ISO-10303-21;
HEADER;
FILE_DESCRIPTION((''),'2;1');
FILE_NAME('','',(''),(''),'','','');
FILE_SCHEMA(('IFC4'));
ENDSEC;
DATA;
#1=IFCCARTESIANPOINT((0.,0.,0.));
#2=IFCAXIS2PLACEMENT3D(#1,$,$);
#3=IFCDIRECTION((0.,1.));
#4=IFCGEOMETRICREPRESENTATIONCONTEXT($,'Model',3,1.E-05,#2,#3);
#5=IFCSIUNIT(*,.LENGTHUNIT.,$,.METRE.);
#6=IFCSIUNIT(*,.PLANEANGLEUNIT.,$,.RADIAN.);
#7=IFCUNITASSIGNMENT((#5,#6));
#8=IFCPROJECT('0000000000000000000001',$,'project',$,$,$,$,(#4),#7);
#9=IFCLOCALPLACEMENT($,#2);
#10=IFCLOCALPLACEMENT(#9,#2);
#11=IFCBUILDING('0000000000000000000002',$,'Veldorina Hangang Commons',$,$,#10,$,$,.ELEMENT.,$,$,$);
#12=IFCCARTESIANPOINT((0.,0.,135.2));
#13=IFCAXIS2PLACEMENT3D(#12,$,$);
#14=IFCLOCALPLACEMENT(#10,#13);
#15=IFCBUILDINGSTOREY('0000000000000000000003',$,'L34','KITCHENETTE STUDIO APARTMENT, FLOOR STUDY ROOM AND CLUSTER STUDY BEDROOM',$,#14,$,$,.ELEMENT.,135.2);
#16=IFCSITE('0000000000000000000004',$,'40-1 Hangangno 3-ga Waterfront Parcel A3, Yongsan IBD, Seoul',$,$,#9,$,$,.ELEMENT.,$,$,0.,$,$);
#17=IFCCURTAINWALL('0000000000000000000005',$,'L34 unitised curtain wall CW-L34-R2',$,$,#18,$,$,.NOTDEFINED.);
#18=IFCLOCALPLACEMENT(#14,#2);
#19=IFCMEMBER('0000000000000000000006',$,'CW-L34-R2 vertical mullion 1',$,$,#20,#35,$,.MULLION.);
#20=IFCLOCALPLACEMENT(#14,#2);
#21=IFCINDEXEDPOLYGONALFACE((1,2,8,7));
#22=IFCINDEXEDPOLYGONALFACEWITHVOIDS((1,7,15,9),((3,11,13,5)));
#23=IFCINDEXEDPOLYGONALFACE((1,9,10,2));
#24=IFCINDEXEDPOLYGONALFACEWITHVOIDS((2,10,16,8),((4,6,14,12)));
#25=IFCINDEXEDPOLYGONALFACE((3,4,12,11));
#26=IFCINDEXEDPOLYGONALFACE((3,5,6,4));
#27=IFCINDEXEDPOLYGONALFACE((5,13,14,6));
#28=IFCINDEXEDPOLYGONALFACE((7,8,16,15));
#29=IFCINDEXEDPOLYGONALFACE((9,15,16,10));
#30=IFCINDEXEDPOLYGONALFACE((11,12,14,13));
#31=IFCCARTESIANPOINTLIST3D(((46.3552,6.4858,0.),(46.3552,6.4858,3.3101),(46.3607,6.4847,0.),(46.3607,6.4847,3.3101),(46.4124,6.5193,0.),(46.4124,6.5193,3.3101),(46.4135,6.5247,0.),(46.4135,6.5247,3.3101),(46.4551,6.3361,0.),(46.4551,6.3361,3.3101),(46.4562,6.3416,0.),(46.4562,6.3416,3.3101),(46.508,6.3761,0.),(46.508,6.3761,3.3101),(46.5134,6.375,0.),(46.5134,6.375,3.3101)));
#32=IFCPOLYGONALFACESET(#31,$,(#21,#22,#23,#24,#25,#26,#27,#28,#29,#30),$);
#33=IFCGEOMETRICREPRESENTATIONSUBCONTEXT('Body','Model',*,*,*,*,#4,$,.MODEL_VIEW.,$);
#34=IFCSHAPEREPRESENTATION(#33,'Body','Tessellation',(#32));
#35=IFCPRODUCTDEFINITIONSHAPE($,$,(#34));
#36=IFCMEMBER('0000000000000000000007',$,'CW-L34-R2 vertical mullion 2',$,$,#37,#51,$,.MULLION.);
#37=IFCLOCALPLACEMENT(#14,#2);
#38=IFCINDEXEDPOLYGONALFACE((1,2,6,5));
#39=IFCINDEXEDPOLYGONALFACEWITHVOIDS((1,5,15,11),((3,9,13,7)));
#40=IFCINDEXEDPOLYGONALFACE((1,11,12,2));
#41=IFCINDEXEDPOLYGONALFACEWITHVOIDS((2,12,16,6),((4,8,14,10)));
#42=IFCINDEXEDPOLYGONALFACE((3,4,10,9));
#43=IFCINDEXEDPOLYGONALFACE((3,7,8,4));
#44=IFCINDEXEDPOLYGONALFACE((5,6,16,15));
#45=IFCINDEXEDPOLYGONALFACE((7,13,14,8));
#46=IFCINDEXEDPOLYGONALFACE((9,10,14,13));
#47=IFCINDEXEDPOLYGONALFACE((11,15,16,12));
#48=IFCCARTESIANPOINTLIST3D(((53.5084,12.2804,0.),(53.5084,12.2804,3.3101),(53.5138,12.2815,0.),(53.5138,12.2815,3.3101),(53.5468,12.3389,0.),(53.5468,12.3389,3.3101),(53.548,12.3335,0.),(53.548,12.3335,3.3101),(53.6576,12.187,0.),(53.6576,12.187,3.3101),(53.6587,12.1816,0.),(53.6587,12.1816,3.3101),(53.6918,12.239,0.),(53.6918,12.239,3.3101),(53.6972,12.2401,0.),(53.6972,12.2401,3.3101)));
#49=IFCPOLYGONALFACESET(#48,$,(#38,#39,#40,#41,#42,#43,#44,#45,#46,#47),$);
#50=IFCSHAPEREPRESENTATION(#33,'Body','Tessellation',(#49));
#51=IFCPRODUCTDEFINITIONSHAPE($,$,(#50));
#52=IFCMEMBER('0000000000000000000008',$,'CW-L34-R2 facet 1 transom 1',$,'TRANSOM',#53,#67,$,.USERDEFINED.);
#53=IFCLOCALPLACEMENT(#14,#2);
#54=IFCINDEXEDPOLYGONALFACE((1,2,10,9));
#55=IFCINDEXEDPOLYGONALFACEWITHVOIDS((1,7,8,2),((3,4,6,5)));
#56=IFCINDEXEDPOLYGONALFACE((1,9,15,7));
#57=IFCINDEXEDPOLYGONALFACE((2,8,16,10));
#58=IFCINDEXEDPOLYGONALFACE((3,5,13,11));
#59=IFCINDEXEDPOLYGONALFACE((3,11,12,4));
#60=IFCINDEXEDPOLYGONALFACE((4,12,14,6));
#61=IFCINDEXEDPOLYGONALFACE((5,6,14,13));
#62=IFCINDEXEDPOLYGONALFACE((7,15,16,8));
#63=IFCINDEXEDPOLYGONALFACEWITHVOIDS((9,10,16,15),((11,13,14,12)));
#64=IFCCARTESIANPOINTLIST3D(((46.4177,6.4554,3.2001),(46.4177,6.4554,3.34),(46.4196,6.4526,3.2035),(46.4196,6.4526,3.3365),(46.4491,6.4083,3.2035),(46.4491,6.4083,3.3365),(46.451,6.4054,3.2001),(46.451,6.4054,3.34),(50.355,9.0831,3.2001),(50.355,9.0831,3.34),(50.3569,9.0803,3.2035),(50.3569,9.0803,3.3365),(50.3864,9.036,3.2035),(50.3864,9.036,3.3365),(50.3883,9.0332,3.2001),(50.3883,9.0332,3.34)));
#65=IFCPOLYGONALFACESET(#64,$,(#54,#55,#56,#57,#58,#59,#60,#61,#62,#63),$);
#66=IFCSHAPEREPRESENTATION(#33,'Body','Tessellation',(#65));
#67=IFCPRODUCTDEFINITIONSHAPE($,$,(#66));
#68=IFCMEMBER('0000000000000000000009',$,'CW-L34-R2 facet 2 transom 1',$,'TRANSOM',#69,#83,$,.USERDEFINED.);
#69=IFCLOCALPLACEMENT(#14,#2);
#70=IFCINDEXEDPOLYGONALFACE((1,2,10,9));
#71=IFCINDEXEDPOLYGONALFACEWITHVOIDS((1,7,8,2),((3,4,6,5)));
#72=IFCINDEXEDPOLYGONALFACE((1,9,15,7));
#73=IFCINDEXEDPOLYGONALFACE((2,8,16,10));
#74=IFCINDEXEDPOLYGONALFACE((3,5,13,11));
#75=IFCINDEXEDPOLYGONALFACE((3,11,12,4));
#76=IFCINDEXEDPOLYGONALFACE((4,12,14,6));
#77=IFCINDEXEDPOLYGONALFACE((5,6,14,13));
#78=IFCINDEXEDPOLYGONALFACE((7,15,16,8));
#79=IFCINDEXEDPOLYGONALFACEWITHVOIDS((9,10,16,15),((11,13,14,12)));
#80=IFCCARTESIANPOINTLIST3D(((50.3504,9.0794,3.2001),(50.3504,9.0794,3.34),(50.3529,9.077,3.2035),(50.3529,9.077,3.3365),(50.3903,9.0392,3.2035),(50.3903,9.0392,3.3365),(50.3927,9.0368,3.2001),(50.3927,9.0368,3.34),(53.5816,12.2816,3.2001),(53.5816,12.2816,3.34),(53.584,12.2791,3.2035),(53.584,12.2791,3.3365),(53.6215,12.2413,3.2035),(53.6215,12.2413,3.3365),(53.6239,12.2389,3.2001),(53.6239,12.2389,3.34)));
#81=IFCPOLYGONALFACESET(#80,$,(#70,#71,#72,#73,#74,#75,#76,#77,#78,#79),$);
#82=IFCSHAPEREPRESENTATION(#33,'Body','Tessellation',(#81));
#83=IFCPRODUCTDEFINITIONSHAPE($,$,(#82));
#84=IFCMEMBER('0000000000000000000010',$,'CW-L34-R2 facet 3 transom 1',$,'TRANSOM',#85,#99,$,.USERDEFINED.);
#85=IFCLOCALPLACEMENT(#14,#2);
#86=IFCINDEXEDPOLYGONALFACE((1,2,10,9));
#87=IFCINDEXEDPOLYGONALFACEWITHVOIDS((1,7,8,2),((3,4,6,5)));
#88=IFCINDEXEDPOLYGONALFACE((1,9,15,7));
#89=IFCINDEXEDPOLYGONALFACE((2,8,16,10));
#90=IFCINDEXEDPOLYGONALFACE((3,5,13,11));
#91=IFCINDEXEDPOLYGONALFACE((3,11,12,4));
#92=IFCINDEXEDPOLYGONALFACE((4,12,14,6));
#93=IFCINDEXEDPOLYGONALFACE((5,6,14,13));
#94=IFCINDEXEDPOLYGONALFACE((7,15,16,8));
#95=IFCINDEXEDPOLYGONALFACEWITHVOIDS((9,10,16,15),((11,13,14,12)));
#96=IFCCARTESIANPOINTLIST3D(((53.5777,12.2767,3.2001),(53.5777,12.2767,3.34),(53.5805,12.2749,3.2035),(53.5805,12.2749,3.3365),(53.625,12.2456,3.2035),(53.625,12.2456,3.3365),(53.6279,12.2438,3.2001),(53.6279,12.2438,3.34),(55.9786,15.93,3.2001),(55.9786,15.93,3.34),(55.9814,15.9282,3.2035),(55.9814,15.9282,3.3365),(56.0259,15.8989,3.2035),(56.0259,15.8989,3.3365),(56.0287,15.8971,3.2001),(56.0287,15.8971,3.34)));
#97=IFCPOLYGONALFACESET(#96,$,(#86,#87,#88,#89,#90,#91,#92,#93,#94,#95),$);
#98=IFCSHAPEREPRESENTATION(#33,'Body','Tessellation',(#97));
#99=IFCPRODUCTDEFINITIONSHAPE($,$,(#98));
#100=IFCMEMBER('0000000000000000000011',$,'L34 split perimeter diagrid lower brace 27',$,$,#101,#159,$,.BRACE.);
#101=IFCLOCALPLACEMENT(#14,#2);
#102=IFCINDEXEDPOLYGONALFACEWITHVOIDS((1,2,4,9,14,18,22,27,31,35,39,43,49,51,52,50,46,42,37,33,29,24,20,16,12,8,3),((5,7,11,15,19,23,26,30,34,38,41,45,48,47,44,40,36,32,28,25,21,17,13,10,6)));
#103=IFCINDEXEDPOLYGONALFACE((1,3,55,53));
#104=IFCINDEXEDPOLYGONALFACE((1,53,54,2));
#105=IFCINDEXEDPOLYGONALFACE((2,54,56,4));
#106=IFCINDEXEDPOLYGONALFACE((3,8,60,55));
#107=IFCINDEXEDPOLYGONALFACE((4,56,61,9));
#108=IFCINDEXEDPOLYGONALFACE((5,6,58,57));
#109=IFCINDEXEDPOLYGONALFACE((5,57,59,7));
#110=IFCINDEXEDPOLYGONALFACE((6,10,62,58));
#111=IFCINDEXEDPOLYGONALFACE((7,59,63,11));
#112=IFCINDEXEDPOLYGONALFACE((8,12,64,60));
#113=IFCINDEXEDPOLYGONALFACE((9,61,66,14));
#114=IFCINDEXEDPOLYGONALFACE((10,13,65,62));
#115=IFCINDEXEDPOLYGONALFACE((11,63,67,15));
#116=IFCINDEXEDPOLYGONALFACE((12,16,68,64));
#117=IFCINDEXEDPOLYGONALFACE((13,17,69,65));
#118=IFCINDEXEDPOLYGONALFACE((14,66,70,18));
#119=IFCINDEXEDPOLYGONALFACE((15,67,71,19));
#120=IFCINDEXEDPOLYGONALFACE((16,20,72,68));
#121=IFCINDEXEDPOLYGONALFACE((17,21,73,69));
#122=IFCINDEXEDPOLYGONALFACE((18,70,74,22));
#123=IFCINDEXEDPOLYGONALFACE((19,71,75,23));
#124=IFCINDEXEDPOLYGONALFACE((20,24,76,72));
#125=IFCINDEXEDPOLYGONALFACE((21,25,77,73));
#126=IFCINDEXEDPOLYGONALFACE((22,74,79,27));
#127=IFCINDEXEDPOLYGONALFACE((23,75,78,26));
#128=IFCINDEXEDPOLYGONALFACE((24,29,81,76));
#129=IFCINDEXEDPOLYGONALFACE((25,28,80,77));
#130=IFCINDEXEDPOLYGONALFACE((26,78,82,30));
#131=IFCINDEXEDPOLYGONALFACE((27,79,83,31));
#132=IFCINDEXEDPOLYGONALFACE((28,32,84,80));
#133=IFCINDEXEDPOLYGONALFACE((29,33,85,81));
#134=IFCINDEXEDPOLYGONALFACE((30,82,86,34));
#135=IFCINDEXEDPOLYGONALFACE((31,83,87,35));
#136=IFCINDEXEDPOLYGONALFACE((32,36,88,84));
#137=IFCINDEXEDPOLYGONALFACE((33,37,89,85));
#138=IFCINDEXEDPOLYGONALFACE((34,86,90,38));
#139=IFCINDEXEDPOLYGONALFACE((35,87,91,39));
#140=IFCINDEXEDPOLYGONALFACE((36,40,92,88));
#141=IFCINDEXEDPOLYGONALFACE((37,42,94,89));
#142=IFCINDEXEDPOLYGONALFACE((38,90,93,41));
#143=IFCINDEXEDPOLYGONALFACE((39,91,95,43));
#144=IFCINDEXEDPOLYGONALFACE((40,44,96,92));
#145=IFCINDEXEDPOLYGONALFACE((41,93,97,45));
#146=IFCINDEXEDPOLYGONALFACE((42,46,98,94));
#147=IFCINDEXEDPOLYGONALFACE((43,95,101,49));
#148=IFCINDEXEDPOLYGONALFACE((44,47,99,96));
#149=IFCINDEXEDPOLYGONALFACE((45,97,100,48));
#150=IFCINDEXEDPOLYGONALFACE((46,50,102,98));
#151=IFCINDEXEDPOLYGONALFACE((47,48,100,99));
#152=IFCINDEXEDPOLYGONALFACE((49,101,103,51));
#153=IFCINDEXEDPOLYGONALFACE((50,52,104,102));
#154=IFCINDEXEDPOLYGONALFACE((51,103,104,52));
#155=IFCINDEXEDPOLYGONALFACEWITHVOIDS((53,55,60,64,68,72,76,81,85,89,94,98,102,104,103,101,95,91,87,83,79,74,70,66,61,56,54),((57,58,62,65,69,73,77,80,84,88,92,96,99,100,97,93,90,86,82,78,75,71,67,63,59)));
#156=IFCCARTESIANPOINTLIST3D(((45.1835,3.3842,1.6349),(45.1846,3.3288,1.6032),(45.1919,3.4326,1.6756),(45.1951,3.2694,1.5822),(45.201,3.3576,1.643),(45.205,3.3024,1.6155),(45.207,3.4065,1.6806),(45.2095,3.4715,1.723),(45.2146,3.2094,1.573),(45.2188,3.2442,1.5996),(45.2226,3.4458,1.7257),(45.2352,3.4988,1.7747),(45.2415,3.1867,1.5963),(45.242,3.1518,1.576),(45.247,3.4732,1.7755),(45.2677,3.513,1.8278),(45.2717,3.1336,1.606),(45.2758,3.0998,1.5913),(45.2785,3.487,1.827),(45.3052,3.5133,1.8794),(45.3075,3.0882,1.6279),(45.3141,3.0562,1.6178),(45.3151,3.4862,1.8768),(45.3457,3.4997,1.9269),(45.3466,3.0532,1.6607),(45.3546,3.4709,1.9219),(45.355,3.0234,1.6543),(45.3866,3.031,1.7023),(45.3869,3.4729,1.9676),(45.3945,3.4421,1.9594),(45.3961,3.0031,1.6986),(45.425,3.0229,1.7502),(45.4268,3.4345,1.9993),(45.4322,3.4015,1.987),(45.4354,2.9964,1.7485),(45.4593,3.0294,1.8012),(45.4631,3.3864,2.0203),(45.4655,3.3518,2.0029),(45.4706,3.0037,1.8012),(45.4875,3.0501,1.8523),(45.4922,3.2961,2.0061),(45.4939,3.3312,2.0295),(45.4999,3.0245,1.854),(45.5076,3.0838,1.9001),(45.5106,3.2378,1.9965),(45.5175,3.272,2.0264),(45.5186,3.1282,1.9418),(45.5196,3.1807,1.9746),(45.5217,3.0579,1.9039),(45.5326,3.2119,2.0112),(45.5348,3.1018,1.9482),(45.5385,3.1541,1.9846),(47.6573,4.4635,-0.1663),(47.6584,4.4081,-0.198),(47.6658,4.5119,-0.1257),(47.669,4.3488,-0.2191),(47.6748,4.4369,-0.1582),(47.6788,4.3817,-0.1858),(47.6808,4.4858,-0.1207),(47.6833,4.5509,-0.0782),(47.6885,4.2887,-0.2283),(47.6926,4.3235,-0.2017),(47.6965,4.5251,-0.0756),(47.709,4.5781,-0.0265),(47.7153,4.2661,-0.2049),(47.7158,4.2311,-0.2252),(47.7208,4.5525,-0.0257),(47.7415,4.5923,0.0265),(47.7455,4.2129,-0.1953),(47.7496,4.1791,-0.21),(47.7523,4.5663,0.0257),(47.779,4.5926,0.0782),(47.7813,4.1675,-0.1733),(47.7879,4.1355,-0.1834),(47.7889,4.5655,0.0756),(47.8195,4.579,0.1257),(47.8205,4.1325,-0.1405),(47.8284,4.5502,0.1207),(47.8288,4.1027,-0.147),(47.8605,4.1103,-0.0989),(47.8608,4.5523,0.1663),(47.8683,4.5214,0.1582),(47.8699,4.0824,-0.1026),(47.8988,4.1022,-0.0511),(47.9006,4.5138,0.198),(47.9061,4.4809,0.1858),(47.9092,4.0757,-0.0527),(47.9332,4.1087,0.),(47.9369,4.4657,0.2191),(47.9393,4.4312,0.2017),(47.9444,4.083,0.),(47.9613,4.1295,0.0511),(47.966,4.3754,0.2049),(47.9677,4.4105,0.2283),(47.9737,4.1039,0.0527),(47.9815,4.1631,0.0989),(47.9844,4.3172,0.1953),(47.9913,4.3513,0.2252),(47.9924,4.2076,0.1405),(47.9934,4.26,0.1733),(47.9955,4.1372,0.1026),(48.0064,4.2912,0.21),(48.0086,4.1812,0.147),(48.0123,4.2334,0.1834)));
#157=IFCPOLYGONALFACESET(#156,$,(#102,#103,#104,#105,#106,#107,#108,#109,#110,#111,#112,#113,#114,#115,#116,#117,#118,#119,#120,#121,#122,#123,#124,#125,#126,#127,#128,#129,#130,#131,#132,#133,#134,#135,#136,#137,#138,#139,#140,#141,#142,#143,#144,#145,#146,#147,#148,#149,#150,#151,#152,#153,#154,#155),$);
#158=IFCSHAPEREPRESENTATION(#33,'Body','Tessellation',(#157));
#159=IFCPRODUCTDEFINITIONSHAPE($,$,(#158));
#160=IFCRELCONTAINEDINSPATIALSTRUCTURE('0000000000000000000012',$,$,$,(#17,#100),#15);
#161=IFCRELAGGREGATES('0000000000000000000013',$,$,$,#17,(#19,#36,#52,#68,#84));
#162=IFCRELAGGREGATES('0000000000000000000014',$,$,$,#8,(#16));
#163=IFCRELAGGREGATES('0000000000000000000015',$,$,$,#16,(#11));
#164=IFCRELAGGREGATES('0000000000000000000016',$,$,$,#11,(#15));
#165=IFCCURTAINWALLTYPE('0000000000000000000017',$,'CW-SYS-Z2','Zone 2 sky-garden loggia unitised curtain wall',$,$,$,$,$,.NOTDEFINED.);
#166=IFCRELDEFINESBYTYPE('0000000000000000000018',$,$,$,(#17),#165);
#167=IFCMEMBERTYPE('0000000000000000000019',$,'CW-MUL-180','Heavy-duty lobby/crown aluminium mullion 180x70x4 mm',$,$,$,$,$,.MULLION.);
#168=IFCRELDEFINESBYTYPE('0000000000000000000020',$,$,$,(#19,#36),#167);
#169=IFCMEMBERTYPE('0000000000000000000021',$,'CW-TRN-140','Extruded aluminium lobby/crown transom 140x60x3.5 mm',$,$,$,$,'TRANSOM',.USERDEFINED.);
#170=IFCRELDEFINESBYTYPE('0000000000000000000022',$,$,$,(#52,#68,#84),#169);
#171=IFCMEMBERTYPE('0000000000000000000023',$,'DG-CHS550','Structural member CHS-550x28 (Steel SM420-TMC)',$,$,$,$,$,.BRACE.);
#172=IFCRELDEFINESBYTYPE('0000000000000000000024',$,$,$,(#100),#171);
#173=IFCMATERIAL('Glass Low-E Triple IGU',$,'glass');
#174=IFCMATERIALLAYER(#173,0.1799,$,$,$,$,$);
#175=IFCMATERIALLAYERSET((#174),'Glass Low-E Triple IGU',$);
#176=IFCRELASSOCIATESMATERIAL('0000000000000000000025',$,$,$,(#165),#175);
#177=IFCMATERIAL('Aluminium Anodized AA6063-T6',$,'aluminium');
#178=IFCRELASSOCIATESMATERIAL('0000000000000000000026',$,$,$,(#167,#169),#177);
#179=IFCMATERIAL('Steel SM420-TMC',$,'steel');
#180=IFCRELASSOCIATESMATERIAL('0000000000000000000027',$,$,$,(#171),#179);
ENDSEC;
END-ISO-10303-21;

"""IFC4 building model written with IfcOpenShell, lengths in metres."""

from ifc_helpers import new_model, si_unit, direction, frame, origin, origin_2d, place, context, subcontext, project, spatial, hollow_rectangle, hollow_circle, extrude, material, layer, layer_set, material_profile, profile_set, type_object, element, aggregate, save


model = new_model("IFC4")

# Units and contexts
model_context = context("Model", 3, precision=1e-05, world=origin(), true_north=direction((0.0, 1.0)))
body_context = subcontext(model_context, "Body", "Model", "MODEL_VIEW")
ifc_project = project(units=[si_unit("LENGTHUNIT", "METRE"), si_unit("PLANEANGLEUNIT", "RADIAN")], contexts=[model_context])

# Site, building, storey
site_placement = place(None, origin())
site = spatial("IfcSite", under=ifc_project, at=site_placement, Name="40-1 Hangangno 3-ga Waterfront Parcel A3, Yongsan IBD, Seoul", CompositionType="ELEMENT", RefElevation=0.0)
building_placement = place(site_placement, origin())
building = spatial("IfcBuilding", under=site, at=building_placement, Name="Veldorina Hangang Commons", CompositionType="ELEMENT")
storey_placement = place(building_placement, frame((0.0, 0.0, 135.2)))
storey = spatial("IfcBuildingStorey", under=building, at=storey_placement, Name="L34", Description="KITCHENETTE STUDIO APARTMENT, FLOOR STUDY ROOM AND CLUSTER STUDY BEDROOM", CompositionType="ELEMENT", Elevation=135.2)

# Shared definitions
ifc_material_1 = material(Name="Steel SM420-TMC", Category="steel")

# Curtain wall, members
ifc_material_2 = material(Name="Glass Low-E Triple IGU", Category="glass")
ifc_layer_1 = layer(ifc_material_2, 0.1799)
ifc_layer_set_1 = layer_set([ifc_layer_1], Name="Glass Low-E Triple IGU")
curtain_wall_type = type_object("IfcCurtainWallType", Name="CW-SYS-Z2", Description="Zone 2 sky-garden loggia unitised curtain wall", PredefinedType="NOTDEFINED", material=ifc_layer_set_1)
curtain_wall_placement = place(storey_placement, origin())
curtain_wall = element("IfcCurtainWall", 1, at=curtain_wall_placement, inside=storey, type_object=curtain_wall_type, Name="L34 unitised curtain wall CW-L34-R2", PredefinedType="NOTDEFINED")
ifc_material_3 = material(Name="Aluminium Anodized AA6063-T6", Category="aluminium")
ifc_material_profile_1 = material_profile(ifc_material_3, hollow_rectangle(XDim=0.0701, YDim=0.1799, WallThickness=0.0039, at=origin_2d()), Name="ALU-RHS-180x70x4")
ifc_profile_set_1 = profile_set([ifc_material_profile_1], Name="Aluminium Anodized AA6063-T6")
member_type_1 = type_object("IfcMemberType", Name="CW-MUL-180", Description="Heavy-duty lobby/crown aluminium mullion 180x70x4 mm", PredefinedType="MULLION", material=ifc_profile_set_1)
member_1_placement = place(storey_placement, frame((46.4343, 6.4304, 0.0), z_axis=(0.0, 0.0, 1.0), x_axis=(0.831751, 0.555149, 0.0)))
member_1 = element("IfcMember", 2, at=member_1_placement, type_object=member_type_1, Name="CW-L34-R2 vertical mullion 1", PredefinedType="MULLION", context=body_context, shape_type="SweptSolid", body=[
    extrude(hollow_rectangle(XDim=0.0701, YDim=0.1799, WallThickness=0.0039, at=origin_2d()), origin(), (0.0, 0.0, 1.0), 3.3101),
])
member_2_placement = place(storey_placement, frame((53.6028, 12.2603, 0.0), z_axis=(0.0, 0.0, 1.0), x_axis=(0.549198, 0.835692, 0.0)))
member_2 = element("IfcMember", 3, at=member_2_placement, type_object=member_type_1, Name="CW-L34-R2 vertical mullion 2", PredefinedType="MULLION", context=body_context, shape_type="SweptSolid", body=[
    extrude(hollow_rectangle(XDim=0.0701, YDim=0.1799, WallThickness=0.0039, at=origin_2d()), origin(), (0.0, 0.0, 1.0), 3.3101),
])
ifc_material_profile_2 = material_profile(ifc_material_3, hollow_rectangle(XDim=0.0601, YDim=0.1399, WallThickness=0.0034, at=origin_2d()), Name="ALU-RHS-140x60x3.5")
ifc_profile_set_2 = profile_set([ifc_material_profile_2], Name="Aluminium Anodized AA6063-T6")
member_type_2 = type_object("IfcMemberType", Name="CW-TRN-140", Description="Extruded aluminium lobby/crown transom 140x60x3.5 mm", ElementType="TRANSOM", PredefinedType="USERDEFINED", material=ifc_profile_set_2)
member_3_placement = place(storey_placement, frame((46.4343, 6.4304, 3.27), z_axis=(0.831772, 0.555117, 0.0), x_axis=(-0.555117, 0.831772, 0.0)))
member_3 = element("IfcMember", 4, at=member_3_placement, type_object=member_type_2, Name="CW-L34-R2 facet 1 transom 1", ObjectType="TRANSOM", PredefinedType="USERDEFINED", context=body_context, shape_type="SweptSolid", body=[
    extrude(hollow_rectangle(XDim=0.0601, YDim=0.1399, WallThickness=0.0034, at=origin_2d()), origin(), (0.0, 0.0, 1.0), 4.7336),
])
member_4_placement = place(storey_placement, frame((50.3716, 9.0581, 3.27), z_axis=(0.710293, 0.703906, 0.0), x_axis=(-0.703906, 0.710293, 0.0)))
member_4 = element("IfcMember", 5, at=member_4_placement, type_object=member_type_2, Name="CW-L34-R2 facet 2 transom 1", ObjectType="TRANSOM", PredefinedType="USERDEFINED", context=body_context, shape_type="SweptSolid", body=[
    extrude(hollow_rectangle(XDim=0.0601, YDim=0.1399, WallThickness=0.0034, at=origin_2d()), origin(), (0.0, 0.0, 1.0), 4.5491),
])
member_5_placement = place(storey_placement, frame((53.6028, 12.2603, 3.27), z_axis=(0.549198, 0.835692, 0.0), x_axis=(-0.835692, 0.549198, 0.0)))
member_5 = element("IfcMember", 6, at=member_5_placement, type_object=member_type_2, Name="CW-L34-R2 facet 3 transom 1", ObjectType="TRANSOM", PredefinedType="USERDEFINED", context=body_context, shape_type="SweptSolid", body=[
    extrude(hollow_rectangle(XDim=0.0601, YDim=0.1399, WallThickness=0.0034, at=origin_2d()), origin(), (0.0, 0.0, 1.0), 4.3716),
])

# Member
ifc_material_profile_3 = material_profile(ifc_material_1, hollow_circle(Radius=0.2749, WallThickness=0.0281, at=origin_2d()), Name="CHS-550x28")
ifc_profile_set_3 = profile_set([ifc_material_profile_3], Name="Steel SM420-TMC")
member_type_3 = type_object("IfcMemberType", Name="DG-CHS550", Description="Structural member CHS-550x28 (Steel SM420-TMC)", PredefinedType="BRACE", material=ifc_profile_set_3)
member_6_placement = place(storey_placement, frame((47.8345, 4.335, 0.0), z_axis=(-0.76238, -0.332624, 0.555101), x_axis=(0.399893, -0.916562, 0.0)))
element("IfcMember", 7, at=member_6_placement, inside=storey, type_object=member_type_3, Name="L34 split perimeter diagrid lower brace 27", PredefinedType="BRACE", context=body_context, shape_type="SweptSolid", body=[
    extrude(hollow_circle(Radius=0.2749, WallThickness=0.0281, at=origin_2d()), origin(), (0.0, 0.0, 1.0), 3.2449),
])

aggregate(curtain_wall, [member_1, member_2, member_3, member_4, member_5])

save(model, "model.ifc")
